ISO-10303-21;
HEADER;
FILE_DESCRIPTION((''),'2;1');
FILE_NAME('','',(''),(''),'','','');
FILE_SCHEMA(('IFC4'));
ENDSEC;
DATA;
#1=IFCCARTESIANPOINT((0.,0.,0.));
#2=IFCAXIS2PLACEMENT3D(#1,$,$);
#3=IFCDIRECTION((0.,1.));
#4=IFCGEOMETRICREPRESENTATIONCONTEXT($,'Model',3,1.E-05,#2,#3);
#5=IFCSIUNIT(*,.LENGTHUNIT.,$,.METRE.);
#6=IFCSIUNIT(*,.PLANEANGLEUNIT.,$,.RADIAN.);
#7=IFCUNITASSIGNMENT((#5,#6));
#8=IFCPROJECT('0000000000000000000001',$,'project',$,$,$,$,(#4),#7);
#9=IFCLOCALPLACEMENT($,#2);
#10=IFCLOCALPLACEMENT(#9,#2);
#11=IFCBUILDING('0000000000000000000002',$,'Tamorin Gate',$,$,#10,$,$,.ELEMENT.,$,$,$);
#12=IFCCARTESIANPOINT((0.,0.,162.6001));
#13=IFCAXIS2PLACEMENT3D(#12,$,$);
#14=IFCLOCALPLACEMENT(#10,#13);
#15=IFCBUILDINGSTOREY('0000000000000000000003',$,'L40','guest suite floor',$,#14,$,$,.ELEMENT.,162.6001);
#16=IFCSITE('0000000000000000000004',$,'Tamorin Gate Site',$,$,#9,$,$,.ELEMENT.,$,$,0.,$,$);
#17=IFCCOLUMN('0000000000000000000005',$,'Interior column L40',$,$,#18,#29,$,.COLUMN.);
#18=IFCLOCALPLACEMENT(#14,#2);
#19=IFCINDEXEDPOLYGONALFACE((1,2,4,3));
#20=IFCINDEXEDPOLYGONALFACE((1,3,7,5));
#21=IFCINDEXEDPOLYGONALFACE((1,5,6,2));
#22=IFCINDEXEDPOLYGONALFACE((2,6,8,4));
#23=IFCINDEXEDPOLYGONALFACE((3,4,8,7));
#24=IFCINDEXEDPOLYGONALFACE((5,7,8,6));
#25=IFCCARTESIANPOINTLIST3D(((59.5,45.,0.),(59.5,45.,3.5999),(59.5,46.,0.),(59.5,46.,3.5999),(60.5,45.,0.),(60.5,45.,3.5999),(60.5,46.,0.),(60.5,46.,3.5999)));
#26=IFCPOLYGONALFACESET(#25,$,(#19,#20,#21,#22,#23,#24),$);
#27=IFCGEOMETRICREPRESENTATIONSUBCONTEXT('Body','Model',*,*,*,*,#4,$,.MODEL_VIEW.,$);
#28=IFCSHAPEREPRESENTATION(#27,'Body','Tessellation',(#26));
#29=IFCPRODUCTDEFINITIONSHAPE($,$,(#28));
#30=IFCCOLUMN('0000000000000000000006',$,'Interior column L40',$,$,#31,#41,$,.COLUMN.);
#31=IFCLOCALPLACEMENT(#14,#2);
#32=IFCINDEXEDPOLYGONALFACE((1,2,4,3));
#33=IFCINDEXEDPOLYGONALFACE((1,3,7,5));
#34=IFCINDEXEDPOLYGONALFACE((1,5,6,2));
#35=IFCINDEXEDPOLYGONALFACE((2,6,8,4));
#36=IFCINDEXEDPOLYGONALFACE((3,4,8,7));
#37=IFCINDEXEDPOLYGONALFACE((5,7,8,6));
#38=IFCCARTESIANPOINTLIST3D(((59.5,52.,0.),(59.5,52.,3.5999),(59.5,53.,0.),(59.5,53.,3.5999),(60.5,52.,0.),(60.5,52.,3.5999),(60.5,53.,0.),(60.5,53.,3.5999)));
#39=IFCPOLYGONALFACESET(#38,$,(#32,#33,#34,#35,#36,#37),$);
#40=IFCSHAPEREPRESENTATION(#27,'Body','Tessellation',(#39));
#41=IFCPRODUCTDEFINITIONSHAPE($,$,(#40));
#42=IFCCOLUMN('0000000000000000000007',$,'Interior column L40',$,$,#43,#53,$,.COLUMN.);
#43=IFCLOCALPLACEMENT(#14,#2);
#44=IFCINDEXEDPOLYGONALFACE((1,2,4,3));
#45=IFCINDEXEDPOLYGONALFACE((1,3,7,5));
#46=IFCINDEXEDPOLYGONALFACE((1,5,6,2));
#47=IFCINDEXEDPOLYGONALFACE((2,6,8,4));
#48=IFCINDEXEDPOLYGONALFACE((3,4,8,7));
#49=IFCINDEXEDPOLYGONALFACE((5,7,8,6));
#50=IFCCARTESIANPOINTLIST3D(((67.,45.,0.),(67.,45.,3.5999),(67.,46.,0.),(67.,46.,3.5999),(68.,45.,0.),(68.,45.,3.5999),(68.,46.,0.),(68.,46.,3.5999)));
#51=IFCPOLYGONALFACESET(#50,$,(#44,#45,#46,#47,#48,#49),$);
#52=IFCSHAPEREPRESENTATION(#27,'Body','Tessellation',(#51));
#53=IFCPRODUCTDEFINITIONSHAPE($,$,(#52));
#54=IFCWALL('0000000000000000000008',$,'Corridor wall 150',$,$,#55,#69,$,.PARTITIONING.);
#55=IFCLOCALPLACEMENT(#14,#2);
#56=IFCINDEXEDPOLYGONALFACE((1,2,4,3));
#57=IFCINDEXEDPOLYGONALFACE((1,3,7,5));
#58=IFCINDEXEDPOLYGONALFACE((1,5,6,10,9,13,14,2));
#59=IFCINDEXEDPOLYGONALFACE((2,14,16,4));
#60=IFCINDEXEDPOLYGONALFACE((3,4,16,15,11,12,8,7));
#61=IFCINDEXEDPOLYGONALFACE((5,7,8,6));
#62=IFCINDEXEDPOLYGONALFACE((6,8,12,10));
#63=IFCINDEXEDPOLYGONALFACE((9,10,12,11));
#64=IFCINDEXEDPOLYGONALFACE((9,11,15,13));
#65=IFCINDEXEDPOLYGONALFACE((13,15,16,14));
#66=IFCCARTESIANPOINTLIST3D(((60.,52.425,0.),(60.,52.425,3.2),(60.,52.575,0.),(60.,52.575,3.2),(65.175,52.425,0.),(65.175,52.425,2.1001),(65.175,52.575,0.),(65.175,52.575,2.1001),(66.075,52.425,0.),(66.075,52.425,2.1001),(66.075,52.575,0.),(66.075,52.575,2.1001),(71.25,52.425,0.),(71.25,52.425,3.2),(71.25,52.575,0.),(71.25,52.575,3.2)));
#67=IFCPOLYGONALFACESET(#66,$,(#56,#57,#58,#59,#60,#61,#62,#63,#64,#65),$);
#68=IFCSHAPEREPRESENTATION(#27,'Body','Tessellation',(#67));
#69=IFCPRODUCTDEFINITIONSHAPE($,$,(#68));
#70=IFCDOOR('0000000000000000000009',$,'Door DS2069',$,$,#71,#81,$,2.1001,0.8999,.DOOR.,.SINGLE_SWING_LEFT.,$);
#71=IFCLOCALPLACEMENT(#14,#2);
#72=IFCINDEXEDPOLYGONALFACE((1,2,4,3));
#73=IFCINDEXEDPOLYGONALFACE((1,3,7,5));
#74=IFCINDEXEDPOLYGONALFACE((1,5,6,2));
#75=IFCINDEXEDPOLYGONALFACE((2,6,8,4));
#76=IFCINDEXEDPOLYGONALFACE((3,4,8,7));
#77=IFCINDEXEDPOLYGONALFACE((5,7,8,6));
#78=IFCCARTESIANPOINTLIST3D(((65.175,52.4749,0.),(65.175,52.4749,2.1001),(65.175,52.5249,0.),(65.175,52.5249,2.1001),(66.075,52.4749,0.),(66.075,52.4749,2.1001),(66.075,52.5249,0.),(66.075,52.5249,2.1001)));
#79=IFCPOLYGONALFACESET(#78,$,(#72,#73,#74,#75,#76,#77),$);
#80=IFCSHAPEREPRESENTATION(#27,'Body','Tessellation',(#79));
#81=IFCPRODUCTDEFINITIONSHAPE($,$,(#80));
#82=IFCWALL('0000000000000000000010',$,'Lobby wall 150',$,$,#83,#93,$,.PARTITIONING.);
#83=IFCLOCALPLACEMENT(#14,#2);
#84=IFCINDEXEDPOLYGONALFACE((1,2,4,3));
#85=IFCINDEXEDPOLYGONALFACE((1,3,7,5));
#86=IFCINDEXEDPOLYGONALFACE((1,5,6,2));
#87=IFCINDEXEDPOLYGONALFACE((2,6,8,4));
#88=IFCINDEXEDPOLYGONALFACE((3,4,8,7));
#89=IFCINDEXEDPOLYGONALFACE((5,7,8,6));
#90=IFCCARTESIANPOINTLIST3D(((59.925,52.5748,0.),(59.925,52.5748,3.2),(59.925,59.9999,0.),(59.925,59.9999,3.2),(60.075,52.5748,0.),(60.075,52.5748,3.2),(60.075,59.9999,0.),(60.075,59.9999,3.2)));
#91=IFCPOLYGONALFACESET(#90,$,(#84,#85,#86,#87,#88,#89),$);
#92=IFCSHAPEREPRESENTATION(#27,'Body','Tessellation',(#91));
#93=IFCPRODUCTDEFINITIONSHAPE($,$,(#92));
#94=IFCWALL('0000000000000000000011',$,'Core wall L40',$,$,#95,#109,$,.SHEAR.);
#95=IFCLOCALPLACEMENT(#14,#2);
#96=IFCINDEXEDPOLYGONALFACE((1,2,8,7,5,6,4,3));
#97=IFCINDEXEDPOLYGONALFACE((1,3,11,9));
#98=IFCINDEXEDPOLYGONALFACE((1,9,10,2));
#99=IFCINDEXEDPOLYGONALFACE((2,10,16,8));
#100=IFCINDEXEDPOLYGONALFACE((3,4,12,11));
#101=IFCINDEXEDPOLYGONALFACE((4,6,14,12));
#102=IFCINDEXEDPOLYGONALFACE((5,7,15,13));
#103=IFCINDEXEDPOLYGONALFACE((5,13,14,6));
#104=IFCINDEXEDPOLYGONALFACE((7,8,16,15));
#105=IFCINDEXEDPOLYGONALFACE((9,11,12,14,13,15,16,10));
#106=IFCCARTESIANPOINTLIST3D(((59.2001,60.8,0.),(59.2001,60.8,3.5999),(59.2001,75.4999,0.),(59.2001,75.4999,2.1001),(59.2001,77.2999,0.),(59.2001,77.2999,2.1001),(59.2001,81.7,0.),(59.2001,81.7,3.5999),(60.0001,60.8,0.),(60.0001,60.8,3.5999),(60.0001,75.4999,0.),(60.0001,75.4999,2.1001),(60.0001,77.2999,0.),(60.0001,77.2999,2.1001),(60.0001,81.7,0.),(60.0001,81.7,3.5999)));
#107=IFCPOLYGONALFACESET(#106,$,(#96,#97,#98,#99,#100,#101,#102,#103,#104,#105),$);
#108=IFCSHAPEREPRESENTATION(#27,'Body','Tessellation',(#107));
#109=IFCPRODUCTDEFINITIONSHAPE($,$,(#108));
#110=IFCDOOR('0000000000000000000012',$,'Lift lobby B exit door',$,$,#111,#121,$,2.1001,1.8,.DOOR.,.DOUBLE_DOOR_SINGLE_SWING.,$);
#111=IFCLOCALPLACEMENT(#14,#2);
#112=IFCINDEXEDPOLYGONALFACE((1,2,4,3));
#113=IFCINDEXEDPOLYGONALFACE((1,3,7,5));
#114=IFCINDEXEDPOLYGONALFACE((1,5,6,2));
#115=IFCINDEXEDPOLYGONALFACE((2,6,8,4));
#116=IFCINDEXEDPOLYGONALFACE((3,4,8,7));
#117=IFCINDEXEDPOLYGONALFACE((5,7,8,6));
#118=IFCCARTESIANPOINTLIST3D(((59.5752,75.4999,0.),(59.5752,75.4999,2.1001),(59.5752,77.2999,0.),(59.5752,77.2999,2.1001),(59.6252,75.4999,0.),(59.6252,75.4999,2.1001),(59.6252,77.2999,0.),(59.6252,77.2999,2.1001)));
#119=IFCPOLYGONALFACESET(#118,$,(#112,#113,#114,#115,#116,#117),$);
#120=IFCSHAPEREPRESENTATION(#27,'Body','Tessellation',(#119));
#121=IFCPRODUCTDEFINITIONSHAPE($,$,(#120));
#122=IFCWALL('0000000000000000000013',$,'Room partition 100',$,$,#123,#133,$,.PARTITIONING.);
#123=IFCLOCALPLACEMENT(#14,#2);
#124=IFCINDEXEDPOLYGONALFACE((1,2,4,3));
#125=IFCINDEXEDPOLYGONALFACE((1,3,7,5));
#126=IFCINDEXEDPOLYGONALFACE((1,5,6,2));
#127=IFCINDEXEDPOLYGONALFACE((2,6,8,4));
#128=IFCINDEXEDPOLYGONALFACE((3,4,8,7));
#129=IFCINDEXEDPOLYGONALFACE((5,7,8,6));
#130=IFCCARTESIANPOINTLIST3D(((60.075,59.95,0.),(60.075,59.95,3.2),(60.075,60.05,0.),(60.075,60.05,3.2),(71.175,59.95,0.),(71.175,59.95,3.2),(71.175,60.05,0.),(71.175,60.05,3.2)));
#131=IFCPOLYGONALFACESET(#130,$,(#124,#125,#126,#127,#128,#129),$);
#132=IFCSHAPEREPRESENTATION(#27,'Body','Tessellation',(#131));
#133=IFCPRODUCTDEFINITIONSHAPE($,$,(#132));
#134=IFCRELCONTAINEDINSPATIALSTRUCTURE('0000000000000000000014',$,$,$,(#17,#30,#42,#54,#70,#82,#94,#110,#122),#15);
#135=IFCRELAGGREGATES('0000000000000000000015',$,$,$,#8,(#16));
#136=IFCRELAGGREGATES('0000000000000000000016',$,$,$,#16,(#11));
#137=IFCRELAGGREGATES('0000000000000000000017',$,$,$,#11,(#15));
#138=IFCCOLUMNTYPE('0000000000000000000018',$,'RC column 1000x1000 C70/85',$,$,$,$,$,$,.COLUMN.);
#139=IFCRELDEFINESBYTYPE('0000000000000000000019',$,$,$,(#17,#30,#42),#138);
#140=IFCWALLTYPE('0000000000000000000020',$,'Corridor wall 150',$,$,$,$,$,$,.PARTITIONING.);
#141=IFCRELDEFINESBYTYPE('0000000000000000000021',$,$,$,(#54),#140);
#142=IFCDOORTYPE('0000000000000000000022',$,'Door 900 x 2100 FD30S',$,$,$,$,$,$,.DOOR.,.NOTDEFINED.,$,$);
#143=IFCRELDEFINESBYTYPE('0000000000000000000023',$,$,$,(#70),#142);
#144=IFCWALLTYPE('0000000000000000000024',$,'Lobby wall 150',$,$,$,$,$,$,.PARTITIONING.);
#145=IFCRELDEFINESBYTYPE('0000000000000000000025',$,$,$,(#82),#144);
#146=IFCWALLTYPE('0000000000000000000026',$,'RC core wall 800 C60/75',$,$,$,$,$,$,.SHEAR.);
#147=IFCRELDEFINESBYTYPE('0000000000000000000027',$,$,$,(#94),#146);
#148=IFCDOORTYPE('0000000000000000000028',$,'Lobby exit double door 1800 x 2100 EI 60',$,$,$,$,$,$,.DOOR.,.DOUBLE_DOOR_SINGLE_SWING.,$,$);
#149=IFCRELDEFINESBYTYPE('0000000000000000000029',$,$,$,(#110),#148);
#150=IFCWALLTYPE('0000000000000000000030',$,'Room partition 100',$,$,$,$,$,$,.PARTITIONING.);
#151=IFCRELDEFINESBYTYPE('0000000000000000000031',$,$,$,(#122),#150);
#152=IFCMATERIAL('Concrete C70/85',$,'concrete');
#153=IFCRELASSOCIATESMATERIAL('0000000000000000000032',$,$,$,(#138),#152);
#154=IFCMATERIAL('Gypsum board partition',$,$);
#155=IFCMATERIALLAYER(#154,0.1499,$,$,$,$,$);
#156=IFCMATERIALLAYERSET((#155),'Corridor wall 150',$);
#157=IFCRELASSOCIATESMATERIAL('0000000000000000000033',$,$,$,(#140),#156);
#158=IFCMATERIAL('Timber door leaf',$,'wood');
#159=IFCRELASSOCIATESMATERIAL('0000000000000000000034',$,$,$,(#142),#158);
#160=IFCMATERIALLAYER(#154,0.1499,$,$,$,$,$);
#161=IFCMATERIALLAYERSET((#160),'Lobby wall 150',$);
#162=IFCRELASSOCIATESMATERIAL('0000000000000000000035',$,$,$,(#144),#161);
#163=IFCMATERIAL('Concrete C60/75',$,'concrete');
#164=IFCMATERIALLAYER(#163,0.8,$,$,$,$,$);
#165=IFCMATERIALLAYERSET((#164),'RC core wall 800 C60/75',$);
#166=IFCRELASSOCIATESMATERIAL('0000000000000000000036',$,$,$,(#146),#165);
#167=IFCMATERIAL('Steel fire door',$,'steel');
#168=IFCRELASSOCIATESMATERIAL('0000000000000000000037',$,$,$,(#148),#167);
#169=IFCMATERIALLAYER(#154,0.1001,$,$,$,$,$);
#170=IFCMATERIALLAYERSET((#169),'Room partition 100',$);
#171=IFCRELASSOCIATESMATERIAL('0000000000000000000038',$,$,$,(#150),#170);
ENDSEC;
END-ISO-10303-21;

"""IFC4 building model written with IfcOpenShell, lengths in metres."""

from ifc_helpers import new_model, si_unit, direction, frame, frame_2d, origin, origin_2d, place, context, subcontext, project, spatial, rectangle, extrude, material, layer, layer_set, material_profile, profile_set, type_object, element, fill, save


model = new_model("IFC4")

# Units and contexts
model_context = context("Model", 3, precision=1e-05, world=origin(), true_north=direction((0.0, 1.0)))
body_context = subcontext(model_context, "Body", "Model", "MODEL_VIEW")
ifc_project = project(units=[si_unit("LENGTHUNIT", "METRE"), si_unit("PLANEANGLEUNIT", "RADIAN")], contexts=[model_context])

# Site, building, storey
site_placement = place(None, origin())
site = spatial("IfcSite", under=ifc_project, at=site_placement, Name="Tamorin Gate Site", CompositionType="ELEMENT", RefElevation=0.0)
building_placement = place(site_placement, origin())
building = spatial("IfcBuilding", under=site, at=building_placement, Name="Tamorin Gate", CompositionType="ELEMENT")
storey_placement = place(building_placement, frame((0.0, 0.0, 162.6001)))
storey = spatial("IfcBuildingStorey", under=building, at=storey_placement, Name="L40", Description="guest suite floor", CompositionType="ELEMENT", Elevation=162.6001)

# Columns
ifc_material_1 = material(Name="Concrete C70/85", Category="concrete")
ifc_material_profile = material_profile(ifc_material_1, rectangle(XDim=1.0, YDim=1.0, at=origin_2d()), Name="RC 1000x1000")
ifc_profile_set = profile_set([ifc_material_profile], Name="Concrete C70/85")
column_type = type_object("IfcColumnType", Name="RC column 1000x1000 C70/85", PredefinedType="COLUMN", material=ifc_profile_set)
for number, where, z_axis, x_axis, name in (
    (1, (60.0, 45.5, 0.0), (0.0, 0.0, 1.0), (1.0, 0.0, 0.0), "Interior column L40"),
    (2, (60.0, 52.5, 0.0), (0.0, 0.0, 1.0), (1.0, 0.0, 0.0), "Interior column L40"),
    (3, (67.5, 45.5, 0.0), (0.0, 0.0, 1.0), (1.0, 0.0, 0.0), "Interior column L40"),
):
    element("IfcColumn", number, at=place(storey_placement, frame(where, z_axis=z_axis, x_axis=x_axis)), inside=storey, type_object=column_type, Name=name, PredefinedType="COLUMN", context=body_context, shape_type="SweptSolid", body=[
        extrude(rectangle(XDim=1.0, YDim=1.0, at=origin_2d()), origin(), (0.0, 0.0, 1.0), 3.5999),
    ])

# Wall, opening, door
ifc_material_2 = material(Name="Gypsum board partition")
ifc_layer_1 = layer(ifc_material_2, 0.1499)
ifc_layer_set_1 = layer_set([ifc_layer_1], Name="Corridor wall 150")
wall_type_1 = type_object("IfcWallType", Name="Corridor wall 150", PredefinedType="PARTITIONING", material=ifc_layer_set_1)
wall_1_placement = place(storey_placement, frame((60.0, 52.5, 0.0), z_axis=(0.0, 0.0, 1.0), x_axis=(1.0, 0.0, 0.0)))
wall_1 = element("IfcWall", 4, at=wall_1_placement, inside=storey, type_object=wall_type_1, Name="Corridor wall 150", PredefinedType="PARTITIONING", context=body_context, shape_type="SweptSolid", body=[
    extrude(rectangle(XDim=11.25, YDim=0.1499, at=frame_2d((5.625, 0.0))), origin(), (0.0, 0.0, 1.0), 3.2),
])
opening_1_placement = place(wall_1_placement, frame((5.175, 0.0, 0.0)))
opening_1 = element("IfcOpeningElement", 5, at=opening_1_placement, cuts=wall_1, PredefinedType="OPENING", context=body_context, shape_type="SweptSolid", body=[
    extrude(rectangle(XDim=0.8999, YDim=2.1001, at=frame_2d((0.45, 1.05))), frame((0.0, 0.085, 0.0), z_axis=(0.0, -1.0, 0.0), x_axis=(1.0, 0.0, 0.0)), (0.0, 0.0, 1.0), 0.1699),
])
ifc_material_3 = material(Name="Timber door leaf", Category="wood")
door_type_1 = type_object("IfcDoorType", Name="Door 900 x 2100 FD30S", OperationType="NOTDEFINED", PredefinedType="DOOR", material=ifc_material_3)
door_1_placement = place(opening_1_placement, origin())
door_1 = element("IfcDoor", 6, at=door_1_placement, inside=storey, type_object=door_type_1, Name="Door DS2069", OperationType="SINGLE_SWING_LEFT", OverallHeight=2.1001, OverallWidth=0.8999, PredefinedType="DOOR", context=body_context, shape_type="SweptSolid", body=[
    extrude(rectangle(XDim=0.8999, YDim=2.1001, at=frame_2d((0.45, 1.05))), frame((0.0, 0.0249, 0.0), z_axis=(0.0, -1.0, 0.0), x_axis=(1.0, 0.0, 0.0)), (0.0, 0.0, 1.0), 0.05),
])
fill(opening_1, door_1)

# Wall
ifc_layer_2 = layer(ifc_material_2, 0.1499)
ifc_layer_set_2 = layer_set([ifc_layer_2], Name="Lobby wall 150")
wall_type_2 = type_object("IfcWallType", Name="Lobby wall 150", PredefinedType="PARTITIONING", material=ifc_layer_set_2)
wall_2_placement = place(storey_placement, frame((60.0, 52.575, 0.0), z_axis=(0.0, 0.0, 1.0), x_axis=(0.0, 1.0, 0.0)))
element("IfcWall", 7, at=wall_2_placement, inside=storey, type_object=wall_type_2, Name="Lobby wall 150", PredefinedType="PARTITIONING", context=body_context, shape_type="SweptSolid", body=[
    extrude(rectangle(XDim=7.425, YDim=0.1499, at=frame_2d((3.7124, 0.0))), origin(), (0.0, 0.0, 1.0), 3.2),
])

# Wall, opening, door
ifc_material_4 = material(Name="Concrete C60/75", Category="concrete")
ifc_layer_3 = layer(ifc_material_4, 0.8)
ifc_layer_set_3 = layer_set([ifc_layer_3], Name="RC core wall 800 C60/75")
wall_type_3 = type_object("IfcWallType", Name="RC core wall 800 C60/75", PredefinedType="SHEAR", material=ifc_layer_set_3)
wall_3_placement = place(storey_placement, frame((59.6001, 60.8, 0.0), z_axis=(0.0, 0.0, 1.0), x_axis=(0.0, 1.0, 0.0)))
wall_3 = element("IfcWall", 8, at=wall_3_placement, inside=storey, type_object=wall_type_3, Name="Core wall L40", PredefinedType="SHEAR", context=body_context, shape_type="SweptSolid", body=[
    extrude(rectangle(XDim=20.8999, YDim=0.8, at=frame_2d((10.45, 0.0))), origin(), (0.0, 0.0, 1.0), 3.5999),
])
opening_2_placement = place(wall_3_placement, frame((14.7, 0.0, 0.0)))
opening_2 = element("IfcOpeningElement", 9, at=opening_2_placement, cuts=wall_3, PredefinedType="OPENING", context=body_context, shape_type="SweptSolid", body=[
    extrude(rectangle(XDim=1.8, YDim=2.1001, at=frame_2d((0.8999, 1.05))), frame((0.0, 0.4099, 0.0), z_axis=(0.0, -1.0, 0.0), x_axis=(1.0, 0.0, 0.0)), (0.0, 0.0, 1.0), 0.8201),
])
ifc_material_5 = material(Name="Steel fire door", Category="steel")
door_type_2 = type_object("IfcDoorType", Name="Lobby exit double door 1800 x 2100 EI 60", OperationType="DOUBLE_DOOR_SINGLE_SWING", PredefinedType="DOOR", material=ifc_material_5)
door_2_placement = place(opening_2_placement, origin())
door_2 = element("IfcDoor", 10, at=door_2_placement, inside=storey, type_object=door_type_2, Name="Lift lobby B exit door", OperationType="DOUBLE_DOOR_SINGLE_SWING", OverallHeight=2.1001, OverallWidth=1.8, PredefinedType="DOOR", context=body_context, shape_type="SweptSolid", body=[
    extrude(rectangle(XDim=1.8, YDim=2.1001, at=frame_2d((0.8999, 1.05))), frame((0.0, 0.0249, 0.0), z_axis=(0.0, -1.0, 0.0), x_axis=(1.0, 0.0, 0.0)), (0.0, 0.0, 1.0), 0.05),
])
fill(opening_2, door_2)

# Wall
ifc_layer_4 = layer(ifc_material_2, 0.1001)
ifc_layer_set_4 = layer_set([ifc_layer_4], Name="Room partition 100")
wall_type_4 = type_object("IfcWallType", Name="Room partition 100", PredefinedType="PARTITIONING", material=ifc_layer_set_4)
wall_4_placement = place(storey_placement, frame((60.075, 60.0, 0.0), z_axis=(0.0, 0.0, 1.0), x_axis=(1.0, 0.0, 0.0)))
element("IfcWall", 11, at=wall_4_placement, inside=storey, type_object=wall_type_4, Name="Room partition 100", PredefinedType="PARTITIONING", context=body_context, shape_type="SweptSolid", body=[
    extrude(rectangle(XDim=11.1001, YDim=0.1001, at=frame_2d((5.55, 0.0))), origin(), (0.0, 0.0, 1.0), 3.2),
])

save(model, "model.ifc")
